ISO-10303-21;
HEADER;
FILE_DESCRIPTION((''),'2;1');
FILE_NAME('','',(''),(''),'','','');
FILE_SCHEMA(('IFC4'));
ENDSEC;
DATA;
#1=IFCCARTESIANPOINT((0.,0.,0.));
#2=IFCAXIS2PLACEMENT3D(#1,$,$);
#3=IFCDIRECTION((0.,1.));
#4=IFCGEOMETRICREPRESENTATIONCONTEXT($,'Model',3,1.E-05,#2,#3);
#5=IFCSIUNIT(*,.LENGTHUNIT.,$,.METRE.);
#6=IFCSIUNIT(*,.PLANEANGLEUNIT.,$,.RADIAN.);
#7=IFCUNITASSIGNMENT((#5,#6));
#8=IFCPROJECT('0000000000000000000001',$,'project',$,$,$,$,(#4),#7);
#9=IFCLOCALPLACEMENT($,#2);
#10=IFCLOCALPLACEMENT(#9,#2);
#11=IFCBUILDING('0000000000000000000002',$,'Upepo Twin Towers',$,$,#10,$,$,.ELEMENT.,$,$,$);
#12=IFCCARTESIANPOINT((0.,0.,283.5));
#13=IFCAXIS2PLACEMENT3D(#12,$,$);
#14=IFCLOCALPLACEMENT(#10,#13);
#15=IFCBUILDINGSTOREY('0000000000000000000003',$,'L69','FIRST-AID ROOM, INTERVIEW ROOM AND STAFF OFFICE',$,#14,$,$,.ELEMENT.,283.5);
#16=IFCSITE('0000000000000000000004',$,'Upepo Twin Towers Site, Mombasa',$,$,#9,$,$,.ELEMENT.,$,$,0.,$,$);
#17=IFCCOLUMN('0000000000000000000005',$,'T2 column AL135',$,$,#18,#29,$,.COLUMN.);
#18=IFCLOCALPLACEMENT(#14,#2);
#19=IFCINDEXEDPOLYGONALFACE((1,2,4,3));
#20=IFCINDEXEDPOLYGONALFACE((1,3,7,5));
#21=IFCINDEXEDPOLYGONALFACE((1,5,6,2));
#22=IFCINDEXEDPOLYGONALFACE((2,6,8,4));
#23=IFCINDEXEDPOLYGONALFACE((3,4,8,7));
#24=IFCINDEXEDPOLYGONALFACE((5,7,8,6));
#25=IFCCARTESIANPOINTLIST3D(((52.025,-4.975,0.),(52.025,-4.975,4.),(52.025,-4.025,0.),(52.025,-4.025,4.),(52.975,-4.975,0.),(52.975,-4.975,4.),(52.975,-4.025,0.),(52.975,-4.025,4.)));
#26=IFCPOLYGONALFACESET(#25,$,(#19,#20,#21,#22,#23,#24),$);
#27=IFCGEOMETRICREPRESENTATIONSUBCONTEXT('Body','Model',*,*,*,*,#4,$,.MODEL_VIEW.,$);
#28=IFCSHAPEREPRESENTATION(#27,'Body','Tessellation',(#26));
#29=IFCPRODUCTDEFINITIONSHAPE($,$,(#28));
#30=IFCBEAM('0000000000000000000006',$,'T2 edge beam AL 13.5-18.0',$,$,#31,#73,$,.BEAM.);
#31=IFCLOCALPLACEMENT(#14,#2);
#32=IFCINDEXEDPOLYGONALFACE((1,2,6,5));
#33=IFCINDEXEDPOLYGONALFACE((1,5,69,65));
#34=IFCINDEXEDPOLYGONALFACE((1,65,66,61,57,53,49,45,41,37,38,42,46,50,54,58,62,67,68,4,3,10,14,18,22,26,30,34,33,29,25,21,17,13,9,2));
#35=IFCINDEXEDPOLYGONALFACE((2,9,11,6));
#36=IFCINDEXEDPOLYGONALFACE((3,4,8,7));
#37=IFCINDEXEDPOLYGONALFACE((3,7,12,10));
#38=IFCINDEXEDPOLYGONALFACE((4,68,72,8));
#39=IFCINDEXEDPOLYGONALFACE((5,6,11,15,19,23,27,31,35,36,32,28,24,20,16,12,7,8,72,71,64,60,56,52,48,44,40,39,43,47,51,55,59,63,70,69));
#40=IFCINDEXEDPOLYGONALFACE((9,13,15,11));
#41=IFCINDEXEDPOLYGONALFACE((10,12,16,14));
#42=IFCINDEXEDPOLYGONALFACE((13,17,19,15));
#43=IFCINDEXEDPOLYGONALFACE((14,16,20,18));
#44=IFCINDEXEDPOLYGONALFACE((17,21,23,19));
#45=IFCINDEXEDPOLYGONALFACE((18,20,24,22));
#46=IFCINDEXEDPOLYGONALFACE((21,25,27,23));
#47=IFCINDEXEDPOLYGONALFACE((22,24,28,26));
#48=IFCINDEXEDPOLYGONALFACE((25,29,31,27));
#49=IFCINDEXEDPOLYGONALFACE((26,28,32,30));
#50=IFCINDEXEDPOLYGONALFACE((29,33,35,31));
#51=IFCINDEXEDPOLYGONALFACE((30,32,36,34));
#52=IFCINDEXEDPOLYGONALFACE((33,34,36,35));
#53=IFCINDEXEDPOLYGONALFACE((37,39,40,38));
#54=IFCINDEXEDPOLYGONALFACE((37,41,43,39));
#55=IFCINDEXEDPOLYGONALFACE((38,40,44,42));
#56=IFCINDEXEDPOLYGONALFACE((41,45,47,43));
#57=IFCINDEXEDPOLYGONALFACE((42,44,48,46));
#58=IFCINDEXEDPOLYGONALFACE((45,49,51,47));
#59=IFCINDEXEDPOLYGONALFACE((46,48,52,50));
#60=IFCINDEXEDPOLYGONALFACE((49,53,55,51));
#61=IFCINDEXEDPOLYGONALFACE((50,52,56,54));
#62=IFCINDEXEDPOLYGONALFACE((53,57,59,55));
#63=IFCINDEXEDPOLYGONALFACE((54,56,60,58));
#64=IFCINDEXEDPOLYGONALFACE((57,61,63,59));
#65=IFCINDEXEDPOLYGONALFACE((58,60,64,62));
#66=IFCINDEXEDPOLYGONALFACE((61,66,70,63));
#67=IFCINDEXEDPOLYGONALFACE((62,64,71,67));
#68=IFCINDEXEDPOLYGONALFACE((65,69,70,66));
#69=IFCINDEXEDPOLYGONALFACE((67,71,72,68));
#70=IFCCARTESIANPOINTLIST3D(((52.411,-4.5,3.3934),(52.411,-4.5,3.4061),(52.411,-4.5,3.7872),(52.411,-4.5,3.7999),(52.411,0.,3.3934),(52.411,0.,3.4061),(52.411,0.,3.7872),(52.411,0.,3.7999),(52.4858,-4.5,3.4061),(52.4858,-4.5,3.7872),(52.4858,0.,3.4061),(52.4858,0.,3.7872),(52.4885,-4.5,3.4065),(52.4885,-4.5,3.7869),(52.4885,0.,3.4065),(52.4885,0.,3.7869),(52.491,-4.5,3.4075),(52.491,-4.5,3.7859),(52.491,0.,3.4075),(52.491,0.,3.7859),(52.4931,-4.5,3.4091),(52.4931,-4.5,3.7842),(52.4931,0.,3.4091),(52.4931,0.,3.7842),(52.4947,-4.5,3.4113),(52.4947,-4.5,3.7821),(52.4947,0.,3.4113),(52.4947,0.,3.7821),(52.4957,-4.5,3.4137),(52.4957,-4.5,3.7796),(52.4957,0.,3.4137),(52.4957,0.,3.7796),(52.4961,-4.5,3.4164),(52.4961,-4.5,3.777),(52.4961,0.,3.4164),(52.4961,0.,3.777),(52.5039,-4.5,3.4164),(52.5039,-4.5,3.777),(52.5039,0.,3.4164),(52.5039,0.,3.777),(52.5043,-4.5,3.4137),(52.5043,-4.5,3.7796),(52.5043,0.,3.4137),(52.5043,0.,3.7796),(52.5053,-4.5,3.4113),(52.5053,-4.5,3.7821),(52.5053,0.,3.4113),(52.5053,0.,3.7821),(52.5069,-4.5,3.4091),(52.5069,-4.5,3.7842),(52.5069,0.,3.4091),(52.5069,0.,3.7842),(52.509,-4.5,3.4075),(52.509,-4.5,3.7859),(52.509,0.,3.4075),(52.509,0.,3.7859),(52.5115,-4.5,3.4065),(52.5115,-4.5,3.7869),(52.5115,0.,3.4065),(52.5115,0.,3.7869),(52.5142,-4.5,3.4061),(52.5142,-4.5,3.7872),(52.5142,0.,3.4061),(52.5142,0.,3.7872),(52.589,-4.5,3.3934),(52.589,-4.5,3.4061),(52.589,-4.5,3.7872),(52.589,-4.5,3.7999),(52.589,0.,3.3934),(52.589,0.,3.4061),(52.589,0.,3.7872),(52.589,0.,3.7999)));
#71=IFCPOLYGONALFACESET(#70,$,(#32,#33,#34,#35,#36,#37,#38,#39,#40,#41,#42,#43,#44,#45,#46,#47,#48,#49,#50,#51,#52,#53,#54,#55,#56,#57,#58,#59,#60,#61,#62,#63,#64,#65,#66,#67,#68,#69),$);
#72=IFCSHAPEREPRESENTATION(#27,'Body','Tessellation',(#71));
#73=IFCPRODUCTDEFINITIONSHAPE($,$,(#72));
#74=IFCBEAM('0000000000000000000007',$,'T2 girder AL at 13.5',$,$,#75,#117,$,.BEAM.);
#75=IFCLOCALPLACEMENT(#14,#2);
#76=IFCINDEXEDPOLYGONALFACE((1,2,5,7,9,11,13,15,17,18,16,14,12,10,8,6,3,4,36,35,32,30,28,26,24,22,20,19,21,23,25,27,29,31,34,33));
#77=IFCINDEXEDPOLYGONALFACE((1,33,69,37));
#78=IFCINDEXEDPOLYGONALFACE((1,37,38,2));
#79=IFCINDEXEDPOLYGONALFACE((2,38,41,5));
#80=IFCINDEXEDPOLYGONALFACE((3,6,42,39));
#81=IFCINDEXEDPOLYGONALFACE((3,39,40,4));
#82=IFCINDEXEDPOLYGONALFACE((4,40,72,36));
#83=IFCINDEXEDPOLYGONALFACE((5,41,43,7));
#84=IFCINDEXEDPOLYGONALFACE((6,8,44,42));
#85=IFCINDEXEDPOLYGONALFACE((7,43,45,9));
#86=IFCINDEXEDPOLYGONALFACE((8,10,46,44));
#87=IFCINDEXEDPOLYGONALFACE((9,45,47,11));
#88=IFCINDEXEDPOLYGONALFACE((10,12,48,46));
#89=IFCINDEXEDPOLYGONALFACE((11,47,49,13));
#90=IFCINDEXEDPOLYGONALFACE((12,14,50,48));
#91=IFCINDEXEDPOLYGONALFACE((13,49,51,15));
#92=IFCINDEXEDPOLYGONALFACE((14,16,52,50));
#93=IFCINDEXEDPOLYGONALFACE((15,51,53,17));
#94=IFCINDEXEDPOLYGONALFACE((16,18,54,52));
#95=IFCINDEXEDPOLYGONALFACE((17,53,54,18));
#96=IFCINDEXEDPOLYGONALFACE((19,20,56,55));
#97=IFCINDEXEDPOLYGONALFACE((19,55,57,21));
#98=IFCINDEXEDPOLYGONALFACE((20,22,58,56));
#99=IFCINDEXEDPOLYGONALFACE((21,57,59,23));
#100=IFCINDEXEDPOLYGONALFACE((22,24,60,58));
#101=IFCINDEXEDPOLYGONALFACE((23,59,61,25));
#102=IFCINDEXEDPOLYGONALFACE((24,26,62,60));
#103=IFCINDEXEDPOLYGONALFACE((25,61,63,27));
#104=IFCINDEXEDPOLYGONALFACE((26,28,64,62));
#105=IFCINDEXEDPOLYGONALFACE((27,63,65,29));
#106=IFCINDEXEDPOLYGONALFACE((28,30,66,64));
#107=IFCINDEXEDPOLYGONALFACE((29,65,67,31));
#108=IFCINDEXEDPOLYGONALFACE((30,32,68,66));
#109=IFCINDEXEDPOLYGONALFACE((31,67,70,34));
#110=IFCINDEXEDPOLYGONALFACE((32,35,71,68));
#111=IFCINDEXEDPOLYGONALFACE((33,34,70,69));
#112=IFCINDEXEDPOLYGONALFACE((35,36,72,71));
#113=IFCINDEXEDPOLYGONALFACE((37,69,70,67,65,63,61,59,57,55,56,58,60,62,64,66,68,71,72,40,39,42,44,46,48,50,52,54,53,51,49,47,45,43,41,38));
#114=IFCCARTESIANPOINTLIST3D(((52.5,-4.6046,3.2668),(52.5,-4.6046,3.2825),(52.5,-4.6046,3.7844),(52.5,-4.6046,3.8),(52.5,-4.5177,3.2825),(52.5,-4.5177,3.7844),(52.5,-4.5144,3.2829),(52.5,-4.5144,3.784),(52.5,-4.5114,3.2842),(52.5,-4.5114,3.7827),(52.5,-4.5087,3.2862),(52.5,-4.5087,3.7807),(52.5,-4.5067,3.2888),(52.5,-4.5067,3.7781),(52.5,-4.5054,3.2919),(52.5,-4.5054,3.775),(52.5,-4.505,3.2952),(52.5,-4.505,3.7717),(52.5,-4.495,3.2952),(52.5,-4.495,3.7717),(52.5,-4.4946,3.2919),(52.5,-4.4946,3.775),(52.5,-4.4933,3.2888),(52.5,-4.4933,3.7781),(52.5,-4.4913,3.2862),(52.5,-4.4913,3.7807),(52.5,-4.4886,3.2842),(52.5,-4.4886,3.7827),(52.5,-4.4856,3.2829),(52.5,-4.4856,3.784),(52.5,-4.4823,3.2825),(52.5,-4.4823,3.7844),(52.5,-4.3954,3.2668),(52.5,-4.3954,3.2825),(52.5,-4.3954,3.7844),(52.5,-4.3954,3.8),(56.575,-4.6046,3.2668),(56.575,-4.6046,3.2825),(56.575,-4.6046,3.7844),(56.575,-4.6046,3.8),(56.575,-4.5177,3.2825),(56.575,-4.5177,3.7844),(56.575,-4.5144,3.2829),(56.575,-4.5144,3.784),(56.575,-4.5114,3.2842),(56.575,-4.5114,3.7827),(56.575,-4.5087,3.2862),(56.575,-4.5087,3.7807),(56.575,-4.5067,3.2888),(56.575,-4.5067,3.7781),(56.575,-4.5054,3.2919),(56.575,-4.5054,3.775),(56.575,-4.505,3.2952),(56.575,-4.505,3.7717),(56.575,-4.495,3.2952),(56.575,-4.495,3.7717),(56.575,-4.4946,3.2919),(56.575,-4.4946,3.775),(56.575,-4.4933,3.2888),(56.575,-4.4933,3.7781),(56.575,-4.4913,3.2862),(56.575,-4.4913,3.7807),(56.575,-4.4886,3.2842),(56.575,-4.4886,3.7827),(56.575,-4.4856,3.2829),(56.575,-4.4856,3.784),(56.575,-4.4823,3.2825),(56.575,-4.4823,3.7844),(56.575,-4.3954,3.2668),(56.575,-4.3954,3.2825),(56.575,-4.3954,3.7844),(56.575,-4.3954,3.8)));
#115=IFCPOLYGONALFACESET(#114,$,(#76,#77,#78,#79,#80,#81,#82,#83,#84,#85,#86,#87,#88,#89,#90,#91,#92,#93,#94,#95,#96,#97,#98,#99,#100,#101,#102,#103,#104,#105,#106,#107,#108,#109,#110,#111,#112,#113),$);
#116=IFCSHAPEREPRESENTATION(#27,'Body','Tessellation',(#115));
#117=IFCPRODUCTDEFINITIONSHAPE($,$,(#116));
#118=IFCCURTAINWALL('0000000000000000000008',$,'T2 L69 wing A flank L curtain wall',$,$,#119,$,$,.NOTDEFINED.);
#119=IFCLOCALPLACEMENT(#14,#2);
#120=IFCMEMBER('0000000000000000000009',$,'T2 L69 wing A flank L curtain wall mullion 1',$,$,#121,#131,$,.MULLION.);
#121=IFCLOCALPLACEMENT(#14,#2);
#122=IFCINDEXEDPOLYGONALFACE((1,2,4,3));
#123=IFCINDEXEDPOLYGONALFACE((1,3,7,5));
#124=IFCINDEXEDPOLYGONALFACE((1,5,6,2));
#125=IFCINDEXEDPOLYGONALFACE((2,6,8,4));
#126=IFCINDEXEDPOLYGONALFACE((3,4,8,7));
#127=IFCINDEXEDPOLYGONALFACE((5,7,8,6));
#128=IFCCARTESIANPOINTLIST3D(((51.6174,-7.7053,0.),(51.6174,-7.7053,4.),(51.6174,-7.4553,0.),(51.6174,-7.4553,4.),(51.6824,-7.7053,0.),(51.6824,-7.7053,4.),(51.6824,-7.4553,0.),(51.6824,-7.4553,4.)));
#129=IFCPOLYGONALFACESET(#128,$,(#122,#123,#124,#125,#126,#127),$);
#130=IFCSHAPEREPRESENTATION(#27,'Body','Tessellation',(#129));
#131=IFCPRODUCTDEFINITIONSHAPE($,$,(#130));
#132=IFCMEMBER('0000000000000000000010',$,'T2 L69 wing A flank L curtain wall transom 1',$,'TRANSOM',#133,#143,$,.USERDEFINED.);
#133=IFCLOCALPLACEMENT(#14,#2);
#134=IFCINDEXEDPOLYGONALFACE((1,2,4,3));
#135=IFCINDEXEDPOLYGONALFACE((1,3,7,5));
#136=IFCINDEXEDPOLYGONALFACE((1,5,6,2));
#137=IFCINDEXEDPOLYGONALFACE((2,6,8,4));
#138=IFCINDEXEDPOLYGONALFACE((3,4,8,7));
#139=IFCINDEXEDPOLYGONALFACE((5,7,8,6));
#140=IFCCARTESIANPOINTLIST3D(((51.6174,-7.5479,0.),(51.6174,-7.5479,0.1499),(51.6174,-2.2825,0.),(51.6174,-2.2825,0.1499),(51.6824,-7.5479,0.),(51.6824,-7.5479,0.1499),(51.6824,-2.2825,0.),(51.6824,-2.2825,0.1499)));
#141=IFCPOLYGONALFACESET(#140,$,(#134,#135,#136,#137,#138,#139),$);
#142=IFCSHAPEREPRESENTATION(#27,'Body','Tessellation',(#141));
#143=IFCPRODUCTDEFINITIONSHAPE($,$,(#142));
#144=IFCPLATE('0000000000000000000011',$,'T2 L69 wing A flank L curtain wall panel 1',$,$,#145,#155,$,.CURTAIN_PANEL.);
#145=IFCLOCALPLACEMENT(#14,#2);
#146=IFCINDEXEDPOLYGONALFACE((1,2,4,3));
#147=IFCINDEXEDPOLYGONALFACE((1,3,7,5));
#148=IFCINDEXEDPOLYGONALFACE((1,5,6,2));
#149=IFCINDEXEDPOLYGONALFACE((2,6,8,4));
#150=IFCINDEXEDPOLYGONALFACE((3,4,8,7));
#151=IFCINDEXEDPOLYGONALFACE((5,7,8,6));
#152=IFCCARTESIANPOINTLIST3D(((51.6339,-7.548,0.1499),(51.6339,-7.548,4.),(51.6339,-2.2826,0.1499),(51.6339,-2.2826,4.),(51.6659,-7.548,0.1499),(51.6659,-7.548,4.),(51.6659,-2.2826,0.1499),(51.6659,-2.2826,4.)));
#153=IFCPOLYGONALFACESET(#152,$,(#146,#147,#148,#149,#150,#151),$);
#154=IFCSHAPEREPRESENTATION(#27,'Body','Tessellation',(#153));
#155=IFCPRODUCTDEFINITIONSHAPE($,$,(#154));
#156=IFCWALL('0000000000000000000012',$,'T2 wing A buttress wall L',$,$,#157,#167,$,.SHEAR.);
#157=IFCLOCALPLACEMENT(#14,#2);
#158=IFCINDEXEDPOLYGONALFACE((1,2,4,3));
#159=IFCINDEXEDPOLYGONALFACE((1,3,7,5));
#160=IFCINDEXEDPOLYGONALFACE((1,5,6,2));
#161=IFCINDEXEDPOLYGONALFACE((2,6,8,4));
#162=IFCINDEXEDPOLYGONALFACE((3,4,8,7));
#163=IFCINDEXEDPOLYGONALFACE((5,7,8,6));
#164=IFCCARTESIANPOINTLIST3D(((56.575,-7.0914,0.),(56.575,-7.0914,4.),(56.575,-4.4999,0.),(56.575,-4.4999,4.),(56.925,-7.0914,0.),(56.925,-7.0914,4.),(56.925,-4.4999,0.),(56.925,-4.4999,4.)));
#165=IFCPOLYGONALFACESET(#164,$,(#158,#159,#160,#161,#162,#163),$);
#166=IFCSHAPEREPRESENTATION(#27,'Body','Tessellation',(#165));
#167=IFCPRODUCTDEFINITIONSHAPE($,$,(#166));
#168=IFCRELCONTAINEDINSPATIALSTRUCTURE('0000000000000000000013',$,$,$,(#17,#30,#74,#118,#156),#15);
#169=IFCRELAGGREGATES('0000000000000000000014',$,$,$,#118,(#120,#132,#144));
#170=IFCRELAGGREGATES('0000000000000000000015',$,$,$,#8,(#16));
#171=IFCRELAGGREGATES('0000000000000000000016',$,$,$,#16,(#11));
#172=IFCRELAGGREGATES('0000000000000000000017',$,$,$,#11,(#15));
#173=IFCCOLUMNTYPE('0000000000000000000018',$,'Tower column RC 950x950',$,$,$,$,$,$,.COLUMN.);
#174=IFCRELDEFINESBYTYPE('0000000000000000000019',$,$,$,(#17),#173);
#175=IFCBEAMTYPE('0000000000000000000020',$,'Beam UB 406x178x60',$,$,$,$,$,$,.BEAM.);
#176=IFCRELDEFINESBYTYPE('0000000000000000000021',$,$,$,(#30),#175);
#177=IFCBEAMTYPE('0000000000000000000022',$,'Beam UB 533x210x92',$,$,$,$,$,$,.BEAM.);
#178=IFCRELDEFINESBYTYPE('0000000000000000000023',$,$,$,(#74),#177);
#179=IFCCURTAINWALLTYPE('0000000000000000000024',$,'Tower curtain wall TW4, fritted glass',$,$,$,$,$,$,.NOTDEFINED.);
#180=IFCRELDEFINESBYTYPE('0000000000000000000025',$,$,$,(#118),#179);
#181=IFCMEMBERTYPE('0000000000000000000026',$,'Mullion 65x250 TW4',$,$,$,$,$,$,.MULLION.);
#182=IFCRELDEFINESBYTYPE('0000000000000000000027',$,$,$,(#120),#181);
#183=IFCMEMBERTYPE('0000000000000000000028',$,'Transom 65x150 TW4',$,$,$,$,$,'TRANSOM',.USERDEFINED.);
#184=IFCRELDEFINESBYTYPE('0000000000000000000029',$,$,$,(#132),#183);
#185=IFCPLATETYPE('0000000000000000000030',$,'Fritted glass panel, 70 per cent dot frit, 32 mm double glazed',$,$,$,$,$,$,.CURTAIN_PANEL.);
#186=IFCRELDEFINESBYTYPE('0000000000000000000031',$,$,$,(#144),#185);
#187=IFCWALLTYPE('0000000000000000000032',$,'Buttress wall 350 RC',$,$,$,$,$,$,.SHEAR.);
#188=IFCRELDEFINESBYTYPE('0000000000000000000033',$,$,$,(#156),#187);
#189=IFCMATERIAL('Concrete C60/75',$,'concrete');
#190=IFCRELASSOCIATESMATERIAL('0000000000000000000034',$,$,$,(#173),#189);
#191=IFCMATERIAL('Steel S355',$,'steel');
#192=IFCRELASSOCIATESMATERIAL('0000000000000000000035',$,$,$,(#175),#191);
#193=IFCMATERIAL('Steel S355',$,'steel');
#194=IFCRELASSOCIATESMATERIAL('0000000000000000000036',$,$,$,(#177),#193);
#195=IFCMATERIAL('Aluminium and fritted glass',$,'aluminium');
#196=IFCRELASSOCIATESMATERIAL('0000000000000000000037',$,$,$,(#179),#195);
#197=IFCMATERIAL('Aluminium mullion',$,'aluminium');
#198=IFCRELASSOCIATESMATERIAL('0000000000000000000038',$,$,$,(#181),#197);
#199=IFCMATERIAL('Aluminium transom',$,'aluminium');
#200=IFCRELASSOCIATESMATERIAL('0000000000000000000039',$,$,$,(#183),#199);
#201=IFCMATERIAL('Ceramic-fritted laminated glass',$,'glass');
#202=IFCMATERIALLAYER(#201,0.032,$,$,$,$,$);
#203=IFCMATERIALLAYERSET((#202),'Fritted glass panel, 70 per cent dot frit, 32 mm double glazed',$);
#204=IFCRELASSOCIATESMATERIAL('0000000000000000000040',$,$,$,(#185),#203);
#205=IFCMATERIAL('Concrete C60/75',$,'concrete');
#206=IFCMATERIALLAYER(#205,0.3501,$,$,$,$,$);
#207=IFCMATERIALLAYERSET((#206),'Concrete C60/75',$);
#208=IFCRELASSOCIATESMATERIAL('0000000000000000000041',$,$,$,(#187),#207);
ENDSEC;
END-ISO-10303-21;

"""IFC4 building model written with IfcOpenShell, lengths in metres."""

from ifc_helpers import new_model, si_unit, direction, frame, frame_2d, origin, origin_2d, place, context, subcontext, project, spatial, rectangle, i_section, extrude, material, layer, layer_set, material_profile, profile_set, type_object, element, aggregate, save


model = new_model("IFC4")

# Units and contexts
model_context = context("Model", 3, precision=1e-05, world=origin(), true_north=direction((0.0, 1.0)))
body_context = subcontext(model_context, "Body", "Model", "MODEL_VIEW")
ifc_project = project(units=[si_unit("LENGTHUNIT", "METRE"), si_unit("PLANEANGLEUNIT", "RADIAN")], contexts=[model_context])

# Site, building, storey
site_placement = place(None, origin())
site = spatial("IfcSite", under=ifc_project, at=site_placement, Name="Upepo Twin Towers Site, Mombasa", CompositionType="ELEMENT", RefElevation=0.0)
building_placement = place(site_placement, origin())
building = spatial("IfcBuilding", under=site, at=building_placement, Name="Upepo Twin Towers", CompositionType="ELEMENT")
storey_placement = place(building_placement, frame((0.0, 0.0, 283.5)))
storey = spatial("IfcBuildingStorey", under=building, at=storey_placement, Name="L69", Description="FIRST-AID ROOM, INTERVIEW ROOM AND STAFF OFFICE", CompositionType="ELEMENT", Elevation=283.5)

# Column
ifc_material_1 = material(Name="Concrete C60/75", Category="concrete")
ifc_material_profile_1 = material_profile(ifc_material_1, rectangle(XDim=0.95, YDim=0.95, at=origin_2d()), Name="RC 950x950")
ifc_profile_set_1 = profile_set([ifc_material_profile_1], Name="Concrete C60/75")
column_type = type_object("IfcColumnType", Name="Tower column RC 950x950", PredefinedType="COLUMN", material=ifc_profile_set_1)
column_placement = place(storey_placement, frame((52.5, -4.5, 0.0), z_axis=(0.0, 0.0, 1.0), x_axis=(1.0, 0.0, 0.0)))
element("IfcColumn", 1, at=column_placement, inside=storey, type_object=column_type, Name="T2 column AL135", PredefinedType="COLUMN", context=body_context, shape_type="SweptSolid", body=[
    extrude(rectangle(XDim=0.95, YDim=0.95, at=origin_2d()), origin(), (0.0, 0.0, 1.0), 4.0),
])

# Beams
ifc_material_2 = material(Name="Steel S355", Category="steel")
ifc_material_profile_2 = material_profile(ifc_material_2, i_section(OverallWidth=0.178, OverallDepth=0.4065, WebThickness=0.0078, FlangeThickness=0.0127, FilletRadius=0.0103, at=origin_2d()), Name="UB 406x178x60")
ifc_profile_set_2 = profile_set([ifc_material_profile_2], Name="Steel S355")
beam_type_1 = type_object("IfcBeamType", Name="Beam UB 406x178x60", PredefinedType="BEAM", material=ifc_profile_set_2)
beam_1_placement = place(storey_placement, frame((52.5, -4.5, 3.5967), z_axis=(0.0, 1.0, 0.0), x_axis=(-1.0, 0.0, 0.0)))
element("IfcBeam", 2, at=beam_1_placement, inside=storey, type_object=beam_type_1, Name="T2 edge beam AL 13.5-18.0", PredefinedType="BEAM", context=body_context, shape_type="SweptSolid", body=[
    extrude(i_section(OverallWidth=0.178, OverallDepth=0.4065, WebThickness=0.0078, FlangeThickness=0.0127, FilletRadius=0.0103, at=origin_2d()), origin(), (0.0, 0.0, 1.0), 4.5),
])
ifc_material_3 = material(Name="Steel S355", Category="steel")
ifc_material_profile_3 = material_profile(ifc_material_3, i_section(OverallWidth=0.2092, OverallDepth=0.5332, WebThickness=0.01, FlangeThickness=0.0156, FilletRadius=0.0127, at=origin_2d()), Name="UB 533x210x92")
ifc_profile_set_3 = profile_set([ifc_material_profile_3], Name="Steel S355")
beam_type_2 = type_object("IfcBeamType", Name="Beam UB 533x210x92", PredefinedType="BEAM", material=ifc_profile_set_3)
beam_2_placement = place(storey_placement, frame((52.5, -4.5, 3.5334), z_axis=(1.0, 0.0, 0.0), x_axis=(0.0, 1.0, 0.0)))
element("IfcBeam", 3, at=beam_2_placement, inside=storey, type_object=beam_type_2, Name="T2 girder AL at 13.5", PredefinedType="BEAM", context=body_context, shape_type="SweptSolid", body=[
    extrude(i_section(OverallWidth=0.2092, OverallDepth=0.5332, WebThickness=0.01, FlangeThickness=0.0156, FilletRadius=0.0127, at=origin_2d()), origin(), (0.0, 0.0, 1.0), 4.075),
])

# Curtain wall, members, plate
ifc_material_4 = material(Name="Aluminium and fritted glass", Category="aluminium")
curtain_wall_type = type_object("IfcCurtainWallType", Name="Tower curtain wall TW4, fritted glass", PredefinedType="NOTDEFINED", material=ifc_material_4)
curtain_wall_placement = place(storey_placement, origin())
curtain_wall = element("IfcCurtainWall", 4, at=curtain_wall_placement, inside=storey, type_object=curtain_wall_type, Name="T2 L69 wing A flank L curtain wall", PredefinedType="NOTDEFINED")
ifc_material_5 = material(Name="Aluminium mullion", Category="aluminium")
ifc_material_profile_4 = material_profile(ifc_material_5, rectangle(XDim=0.0649, YDim=0.25, at=origin_2d()), Name="MULLION 65x250")
ifc_profile_set_4 = profile_set([ifc_material_profile_4], Name="Aluminium mullion")
member_type_1 = type_object("IfcMemberType", Name="Mullion 65x250 TW4", PredefinedType="MULLION", material=ifc_profile_set_4)
member_1_placement = place(storey_placement, frame((51.6499, -7.5803, 0.0), z_axis=(0.0, 0.0, 1.0), x_axis=(-1.0, 0.0, 0.0)))
member_1 = element("IfcMember", 5, at=member_1_placement, type_object=member_type_1, Name="T2 L69 wing A flank L curtain wall mullion 1", PredefinedType="MULLION", context=body_context, shape_type="SweptSolid", body=[
    extrude(rectangle(XDim=0.0649, YDim=0.25, at=origin_2d()), origin(), (0.0, 0.0, 1.0), 4.0),
])
ifc_material_6 = material(Name="Aluminium transom", Category="aluminium")
ifc_material_profile_5 = material_profile(ifc_material_6, rectangle(XDim=0.0649, YDim=0.1499, at=origin_2d()), Name="TRANSOM 65x150")
ifc_profile_set_5 = profile_set([ifc_material_profile_5], Name="Aluminium transom")
member_type_2 = type_object("IfcMemberType", Name="Transom 65x150 TW4", ElementType="TRANSOM", PredefinedType="USERDEFINED", material=ifc_profile_set_5)
member_2_placement = place(storey_placement, frame((51.6499, -7.5479, 0.075), z_axis=(0.0, 1.0, 0.0), x_axis=(-1.0, 0.0, 0.0)))
member_2 = element("IfcMember", 6, at=member_2_placement, type_object=member_type_2, Name="T2 L69 wing A flank L curtain wall transom 1", ObjectType="TRANSOM", PredefinedType="USERDEFINED", context=body_context, shape_type="SweptSolid", body=[
    extrude(rectangle(XDim=0.0649, YDim=0.1499, at=origin_2d()), origin(), (0.0, 0.0, 1.0), 5.2654),
])
ifc_material_7 = material(Name="Ceramic-fritted laminated glass", Category="glass")
ifc_layer_1 = layer(ifc_material_7, 0.032)
ifc_layer_set_1 = layer_set([ifc_layer_1], Name="Fritted glass panel, 70 per cent dot frit, 32 mm double glazed")
plate_type = type_object("IfcPlateType", Name="Fritted glass panel, 70 per cent dot frit, 32 mm double glazed", PredefinedType="CURTAIN_PANEL", material=ifc_layer_set_1)
plate_placement = place(storey_placement, frame((51.6499, -4.9153, 0.1499), z_axis=(0.0, 0.0, 1.0), x_axis=(0.0, 1.0, 0.0)))
plate = element("IfcPlate", 7, at=plate_placement, type_object=plate_type, Name="T2 L69 wing A flank L curtain wall panel 1", PredefinedType="CURTAIN_PANEL", context=body_context, shape_type="SweptSolid", body=[
    extrude(rectangle(XDim=5.2654, YDim=0.032, at=origin_2d()), origin(), (0.0, 0.0, 1.0), 3.8501),
])
aggregate(curtain_wall, [member_1, member_2, plate])

# Wall
ifc_material_8 = material(Name="Concrete C60/75", Category="concrete")
ifc_layer_2 = layer(ifc_material_8, 0.3501)
ifc_layer_set_2 = layer_set([ifc_layer_2], Name="Concrete C60/75")
wall_type_1 = type_object("IfcWallType", Name="Buttress wall 350 RC", PredefinedType="SHEAR", material=ifc_layer_set_2)
wall_1_placement = place(storey_placement, frame((56.75, -7.0916, 0.0), z_axis=(0.0, 0.0, 1.0), x_axis=(0.0, 1.0, 0.0)))
element("IfcWall", 8, at=wall_1_placement, inside=storey, type_object=wall_type_1, Name="T2 wing A buttress wall L", PredefinedType="SHEAR", context=body_context, shape_type="SweptSolid", body=[
    extrude(rectangle(XDim=2.5916, YDim=0.3501, at=frame_2d((1.2959, 0.0))), origin(), (0.0, 0.0, 1.0), 4.0),
])

save(model, "model.ifc")
